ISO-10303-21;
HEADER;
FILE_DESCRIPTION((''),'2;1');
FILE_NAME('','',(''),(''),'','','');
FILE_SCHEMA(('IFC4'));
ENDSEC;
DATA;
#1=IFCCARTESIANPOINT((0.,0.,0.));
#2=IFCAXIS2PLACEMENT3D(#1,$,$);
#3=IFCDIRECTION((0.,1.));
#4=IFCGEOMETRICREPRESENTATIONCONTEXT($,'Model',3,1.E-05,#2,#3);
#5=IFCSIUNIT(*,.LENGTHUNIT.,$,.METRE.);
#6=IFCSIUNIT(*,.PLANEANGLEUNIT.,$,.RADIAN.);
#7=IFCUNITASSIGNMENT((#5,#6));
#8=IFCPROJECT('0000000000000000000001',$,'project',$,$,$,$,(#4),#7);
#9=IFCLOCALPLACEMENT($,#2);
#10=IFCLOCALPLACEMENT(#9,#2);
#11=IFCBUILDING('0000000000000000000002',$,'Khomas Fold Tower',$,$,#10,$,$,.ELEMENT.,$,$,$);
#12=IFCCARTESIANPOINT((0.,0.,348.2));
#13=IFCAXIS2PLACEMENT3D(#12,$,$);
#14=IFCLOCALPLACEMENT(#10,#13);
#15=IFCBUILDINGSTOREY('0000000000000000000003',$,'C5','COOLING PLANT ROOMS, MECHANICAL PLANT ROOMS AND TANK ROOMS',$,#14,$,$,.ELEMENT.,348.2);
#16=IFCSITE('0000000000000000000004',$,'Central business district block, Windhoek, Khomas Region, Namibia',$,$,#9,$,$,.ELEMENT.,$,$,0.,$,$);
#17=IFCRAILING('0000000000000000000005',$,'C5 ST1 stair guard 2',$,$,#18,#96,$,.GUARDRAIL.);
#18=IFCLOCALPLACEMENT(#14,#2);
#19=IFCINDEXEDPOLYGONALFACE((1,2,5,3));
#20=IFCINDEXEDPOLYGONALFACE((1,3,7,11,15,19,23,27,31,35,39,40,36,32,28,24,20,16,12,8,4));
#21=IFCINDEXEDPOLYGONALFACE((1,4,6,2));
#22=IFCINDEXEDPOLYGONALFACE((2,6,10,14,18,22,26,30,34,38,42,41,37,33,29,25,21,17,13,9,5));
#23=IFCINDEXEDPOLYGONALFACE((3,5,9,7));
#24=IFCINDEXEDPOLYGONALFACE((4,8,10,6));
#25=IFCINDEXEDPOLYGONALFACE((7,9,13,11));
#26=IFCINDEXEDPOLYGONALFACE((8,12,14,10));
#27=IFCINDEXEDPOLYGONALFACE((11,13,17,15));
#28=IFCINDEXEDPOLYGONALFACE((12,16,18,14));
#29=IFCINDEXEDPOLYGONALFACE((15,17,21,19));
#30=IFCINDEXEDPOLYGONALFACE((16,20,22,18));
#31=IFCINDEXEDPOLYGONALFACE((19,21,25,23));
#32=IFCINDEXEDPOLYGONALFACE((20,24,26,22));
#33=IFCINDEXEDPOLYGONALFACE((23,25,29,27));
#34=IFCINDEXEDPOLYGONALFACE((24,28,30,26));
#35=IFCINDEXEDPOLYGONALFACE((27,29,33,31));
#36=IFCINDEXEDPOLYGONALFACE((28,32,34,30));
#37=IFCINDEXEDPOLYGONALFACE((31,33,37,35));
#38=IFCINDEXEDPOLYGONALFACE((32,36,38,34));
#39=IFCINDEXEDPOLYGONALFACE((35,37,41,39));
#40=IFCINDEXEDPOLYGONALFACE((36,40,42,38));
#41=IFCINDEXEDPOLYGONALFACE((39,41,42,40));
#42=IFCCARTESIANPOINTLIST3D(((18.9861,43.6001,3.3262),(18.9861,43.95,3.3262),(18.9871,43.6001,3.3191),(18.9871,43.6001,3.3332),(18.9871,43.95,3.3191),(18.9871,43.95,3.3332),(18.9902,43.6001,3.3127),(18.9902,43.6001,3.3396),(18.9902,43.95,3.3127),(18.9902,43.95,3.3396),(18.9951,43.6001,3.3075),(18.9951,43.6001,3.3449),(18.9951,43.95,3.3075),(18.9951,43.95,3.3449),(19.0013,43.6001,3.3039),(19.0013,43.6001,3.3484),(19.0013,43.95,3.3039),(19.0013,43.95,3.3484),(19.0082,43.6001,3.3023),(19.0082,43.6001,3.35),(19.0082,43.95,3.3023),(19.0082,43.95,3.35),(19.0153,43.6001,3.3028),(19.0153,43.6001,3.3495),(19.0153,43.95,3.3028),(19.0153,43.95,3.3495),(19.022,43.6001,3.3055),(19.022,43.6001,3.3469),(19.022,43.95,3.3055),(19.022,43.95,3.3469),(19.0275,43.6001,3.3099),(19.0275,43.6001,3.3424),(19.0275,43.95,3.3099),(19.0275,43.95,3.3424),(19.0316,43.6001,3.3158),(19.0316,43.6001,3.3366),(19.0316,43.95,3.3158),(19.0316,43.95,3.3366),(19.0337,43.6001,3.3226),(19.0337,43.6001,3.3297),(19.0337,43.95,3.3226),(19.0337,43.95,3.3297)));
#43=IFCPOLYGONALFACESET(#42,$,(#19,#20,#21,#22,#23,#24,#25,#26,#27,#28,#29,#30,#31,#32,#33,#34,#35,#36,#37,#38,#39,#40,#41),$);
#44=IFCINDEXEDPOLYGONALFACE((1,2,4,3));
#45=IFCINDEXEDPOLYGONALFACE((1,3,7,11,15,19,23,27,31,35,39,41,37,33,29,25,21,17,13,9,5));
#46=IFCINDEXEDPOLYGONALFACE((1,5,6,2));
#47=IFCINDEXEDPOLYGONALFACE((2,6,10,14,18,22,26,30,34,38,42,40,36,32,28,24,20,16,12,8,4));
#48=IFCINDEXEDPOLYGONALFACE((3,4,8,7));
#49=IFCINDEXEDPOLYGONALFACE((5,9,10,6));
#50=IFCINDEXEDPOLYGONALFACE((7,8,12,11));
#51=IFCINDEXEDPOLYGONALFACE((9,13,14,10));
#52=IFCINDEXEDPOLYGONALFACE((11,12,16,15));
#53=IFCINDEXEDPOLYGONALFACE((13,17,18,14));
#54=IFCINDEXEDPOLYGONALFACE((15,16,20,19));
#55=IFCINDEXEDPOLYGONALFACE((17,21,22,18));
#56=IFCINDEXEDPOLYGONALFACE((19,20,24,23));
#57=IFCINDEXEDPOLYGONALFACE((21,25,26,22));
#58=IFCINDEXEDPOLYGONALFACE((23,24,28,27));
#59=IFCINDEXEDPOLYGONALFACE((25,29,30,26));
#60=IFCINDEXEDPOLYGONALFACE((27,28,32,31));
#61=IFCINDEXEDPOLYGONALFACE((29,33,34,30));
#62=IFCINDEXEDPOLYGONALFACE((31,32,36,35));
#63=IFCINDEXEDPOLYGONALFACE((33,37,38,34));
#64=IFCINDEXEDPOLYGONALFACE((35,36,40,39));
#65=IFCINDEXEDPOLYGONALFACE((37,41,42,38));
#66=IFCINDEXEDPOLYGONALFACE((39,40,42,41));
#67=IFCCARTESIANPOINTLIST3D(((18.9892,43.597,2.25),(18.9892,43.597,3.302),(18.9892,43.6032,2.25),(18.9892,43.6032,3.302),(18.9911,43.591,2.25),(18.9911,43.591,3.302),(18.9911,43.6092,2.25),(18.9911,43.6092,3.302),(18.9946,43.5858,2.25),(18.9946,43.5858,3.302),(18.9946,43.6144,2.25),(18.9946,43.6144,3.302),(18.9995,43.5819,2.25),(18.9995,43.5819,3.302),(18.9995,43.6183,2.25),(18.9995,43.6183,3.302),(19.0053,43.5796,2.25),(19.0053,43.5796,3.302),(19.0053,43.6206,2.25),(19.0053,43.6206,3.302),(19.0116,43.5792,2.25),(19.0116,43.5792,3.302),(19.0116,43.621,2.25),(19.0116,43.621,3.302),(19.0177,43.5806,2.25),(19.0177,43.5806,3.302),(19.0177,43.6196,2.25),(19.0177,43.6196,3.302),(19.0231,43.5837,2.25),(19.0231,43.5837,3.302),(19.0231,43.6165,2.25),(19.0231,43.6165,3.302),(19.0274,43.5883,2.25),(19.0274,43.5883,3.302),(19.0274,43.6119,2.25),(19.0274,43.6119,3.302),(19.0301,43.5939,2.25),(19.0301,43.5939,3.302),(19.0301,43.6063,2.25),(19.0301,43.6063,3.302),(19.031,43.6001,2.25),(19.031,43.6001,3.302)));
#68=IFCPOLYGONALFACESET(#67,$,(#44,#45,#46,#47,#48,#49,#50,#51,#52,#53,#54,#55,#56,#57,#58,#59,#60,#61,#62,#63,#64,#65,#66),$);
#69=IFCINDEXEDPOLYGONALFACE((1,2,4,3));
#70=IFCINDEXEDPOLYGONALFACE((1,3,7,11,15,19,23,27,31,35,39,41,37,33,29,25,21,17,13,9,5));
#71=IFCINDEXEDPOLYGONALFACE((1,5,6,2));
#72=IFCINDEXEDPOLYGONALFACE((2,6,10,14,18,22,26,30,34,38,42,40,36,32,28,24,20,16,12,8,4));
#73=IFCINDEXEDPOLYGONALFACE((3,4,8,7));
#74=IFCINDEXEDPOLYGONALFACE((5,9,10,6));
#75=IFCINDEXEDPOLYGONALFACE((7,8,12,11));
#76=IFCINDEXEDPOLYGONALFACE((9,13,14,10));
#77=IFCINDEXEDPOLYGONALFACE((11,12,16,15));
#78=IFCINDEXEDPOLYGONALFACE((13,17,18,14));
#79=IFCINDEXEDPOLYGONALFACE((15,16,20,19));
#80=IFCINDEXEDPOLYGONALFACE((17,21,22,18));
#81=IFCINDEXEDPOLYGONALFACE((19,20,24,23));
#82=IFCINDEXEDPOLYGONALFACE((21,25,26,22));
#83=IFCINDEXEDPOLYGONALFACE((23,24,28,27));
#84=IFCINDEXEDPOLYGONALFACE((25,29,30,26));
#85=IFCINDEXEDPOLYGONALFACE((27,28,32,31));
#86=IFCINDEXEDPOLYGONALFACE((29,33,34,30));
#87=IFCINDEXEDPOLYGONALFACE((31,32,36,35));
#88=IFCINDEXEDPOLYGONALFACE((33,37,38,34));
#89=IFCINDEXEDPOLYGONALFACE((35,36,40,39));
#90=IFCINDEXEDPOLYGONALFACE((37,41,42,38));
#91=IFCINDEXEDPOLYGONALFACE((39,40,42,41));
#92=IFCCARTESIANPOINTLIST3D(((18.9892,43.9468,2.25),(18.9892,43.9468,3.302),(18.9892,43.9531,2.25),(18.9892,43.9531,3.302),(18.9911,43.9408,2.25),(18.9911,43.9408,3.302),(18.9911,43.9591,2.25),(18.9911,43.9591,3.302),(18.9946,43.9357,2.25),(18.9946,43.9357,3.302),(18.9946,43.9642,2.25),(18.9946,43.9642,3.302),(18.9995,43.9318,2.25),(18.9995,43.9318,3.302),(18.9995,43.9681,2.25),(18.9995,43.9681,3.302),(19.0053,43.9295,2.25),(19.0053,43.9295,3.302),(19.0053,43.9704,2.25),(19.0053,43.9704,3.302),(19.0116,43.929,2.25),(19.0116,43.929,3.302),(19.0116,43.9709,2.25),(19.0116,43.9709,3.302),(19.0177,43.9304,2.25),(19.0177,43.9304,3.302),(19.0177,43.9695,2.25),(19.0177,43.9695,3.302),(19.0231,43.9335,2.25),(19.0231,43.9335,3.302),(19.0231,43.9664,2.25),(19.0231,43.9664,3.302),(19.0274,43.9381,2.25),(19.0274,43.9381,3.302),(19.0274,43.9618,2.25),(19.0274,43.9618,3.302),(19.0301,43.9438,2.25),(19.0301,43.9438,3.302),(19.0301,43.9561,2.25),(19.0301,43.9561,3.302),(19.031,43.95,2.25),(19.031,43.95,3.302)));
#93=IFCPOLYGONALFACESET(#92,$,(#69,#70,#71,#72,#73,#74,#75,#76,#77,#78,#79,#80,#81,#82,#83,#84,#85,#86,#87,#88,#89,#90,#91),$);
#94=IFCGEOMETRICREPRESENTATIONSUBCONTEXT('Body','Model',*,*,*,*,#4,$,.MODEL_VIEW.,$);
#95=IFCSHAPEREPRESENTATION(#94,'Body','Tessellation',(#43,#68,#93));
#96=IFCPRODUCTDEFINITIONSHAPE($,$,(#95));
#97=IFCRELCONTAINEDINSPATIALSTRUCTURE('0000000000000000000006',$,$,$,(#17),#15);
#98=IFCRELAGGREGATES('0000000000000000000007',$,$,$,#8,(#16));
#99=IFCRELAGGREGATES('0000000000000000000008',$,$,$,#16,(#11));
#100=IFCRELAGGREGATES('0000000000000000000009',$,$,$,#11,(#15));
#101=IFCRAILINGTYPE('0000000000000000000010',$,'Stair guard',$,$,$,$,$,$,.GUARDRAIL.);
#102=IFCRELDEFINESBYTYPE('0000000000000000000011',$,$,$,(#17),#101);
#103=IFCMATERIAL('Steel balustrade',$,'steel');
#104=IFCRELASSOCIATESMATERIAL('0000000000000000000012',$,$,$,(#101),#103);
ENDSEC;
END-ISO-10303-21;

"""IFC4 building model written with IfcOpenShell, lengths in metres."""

from ifc_helpers import new_model, si_unit, direction, frame, origin, origin_2d, place, context, subcontext, project, spatial, circle, extrude, source, transform, mapped, material, type_object, element, save


model = new_model("IFC4")

# Units and contexts
model_context = context("Model", 3, precision=1e-05, world=origin(), true_north=direction((0.0, 1.0)))
body_context = subcontext(model_context, "Body", "Model", "MODEL_VIEW")
ifc_project = project(units=[si_unit("LENGTHUNIT", "METRE"), si_unit("PLANEANGLEUNIT", "RADIAN")], contexts=[model_context])

# Site, building, storey
site_placement = place(None, origin())
site = spatial("IfcSite", under=ifc_project, at=site_placement, Name="Central business district block, Windhoek, Khomas Region, Namibia", CompositionType="ELEMENT", RefElevation=0.0)
building_placement = place(site_placement, origin())
building = spatial("IfcBuilding", under=site, at=building_placement, Name="Khomas Fold Tower", CompositionType="ELEMENT")
storey_placement = place(building_placement, frame((0.0, 0.0, 348.2)))
storey = spatial("IfcBuildingStorey", under=building, at=storey_placement, Name="C5", Description="COOLING PLANT ROOMS, MECHANICAL PLANT ROOMS AND TANK ROOMS", CompositionType="ELEMENT", Elevation=348.2)

# Railing
ifc_material_1 = material(Name="Steel balustrade", Category="steel")
railing_type_1 = type_object("IfcRailingType", Name="Stair guard", PredefinedType="GUARDRAIL", material=ifc_material_1)
shared_shape_1 = source(origin(), body_context, "Body", "SweptSolid", [
    extrude(circle(Radius=0.0239, at=origin_2d()), frame((0.0, 0.0, 1.0762), z_axis=(0.0, 1.0, 0.0), x_axis=(-1.0, 0.0, 0.0)), (0.0, 0.0, 1.0), 0.3499),
    extrude(circle(Radius=0.021, at=origin_2d()), origin(), (0.0, 0.0, 1.0), 1.052),
    extrude(circle(Radius=0.021, at=origin_2d()), frame((0.0, 0.3499, 0.0)), (0.0, 0.0, 1.0), 1.052),
])
railing_1_placement = place(storey_placement, frame((19.01, 43.6001, 2.25)))
element("IfcRailing", 1, at=railing_1_placement, inside=storey, type_object=railing_type_1, Name="C5 ST1 stair guard 2", PredefinedType="GUARDRAIL", context=body_context, shape_type="MappedRepresentation", body=[
    mapped(shared_shape_1, transform((0.0, 0.0, 0.0))),
])

save(model, "model.ifc")
